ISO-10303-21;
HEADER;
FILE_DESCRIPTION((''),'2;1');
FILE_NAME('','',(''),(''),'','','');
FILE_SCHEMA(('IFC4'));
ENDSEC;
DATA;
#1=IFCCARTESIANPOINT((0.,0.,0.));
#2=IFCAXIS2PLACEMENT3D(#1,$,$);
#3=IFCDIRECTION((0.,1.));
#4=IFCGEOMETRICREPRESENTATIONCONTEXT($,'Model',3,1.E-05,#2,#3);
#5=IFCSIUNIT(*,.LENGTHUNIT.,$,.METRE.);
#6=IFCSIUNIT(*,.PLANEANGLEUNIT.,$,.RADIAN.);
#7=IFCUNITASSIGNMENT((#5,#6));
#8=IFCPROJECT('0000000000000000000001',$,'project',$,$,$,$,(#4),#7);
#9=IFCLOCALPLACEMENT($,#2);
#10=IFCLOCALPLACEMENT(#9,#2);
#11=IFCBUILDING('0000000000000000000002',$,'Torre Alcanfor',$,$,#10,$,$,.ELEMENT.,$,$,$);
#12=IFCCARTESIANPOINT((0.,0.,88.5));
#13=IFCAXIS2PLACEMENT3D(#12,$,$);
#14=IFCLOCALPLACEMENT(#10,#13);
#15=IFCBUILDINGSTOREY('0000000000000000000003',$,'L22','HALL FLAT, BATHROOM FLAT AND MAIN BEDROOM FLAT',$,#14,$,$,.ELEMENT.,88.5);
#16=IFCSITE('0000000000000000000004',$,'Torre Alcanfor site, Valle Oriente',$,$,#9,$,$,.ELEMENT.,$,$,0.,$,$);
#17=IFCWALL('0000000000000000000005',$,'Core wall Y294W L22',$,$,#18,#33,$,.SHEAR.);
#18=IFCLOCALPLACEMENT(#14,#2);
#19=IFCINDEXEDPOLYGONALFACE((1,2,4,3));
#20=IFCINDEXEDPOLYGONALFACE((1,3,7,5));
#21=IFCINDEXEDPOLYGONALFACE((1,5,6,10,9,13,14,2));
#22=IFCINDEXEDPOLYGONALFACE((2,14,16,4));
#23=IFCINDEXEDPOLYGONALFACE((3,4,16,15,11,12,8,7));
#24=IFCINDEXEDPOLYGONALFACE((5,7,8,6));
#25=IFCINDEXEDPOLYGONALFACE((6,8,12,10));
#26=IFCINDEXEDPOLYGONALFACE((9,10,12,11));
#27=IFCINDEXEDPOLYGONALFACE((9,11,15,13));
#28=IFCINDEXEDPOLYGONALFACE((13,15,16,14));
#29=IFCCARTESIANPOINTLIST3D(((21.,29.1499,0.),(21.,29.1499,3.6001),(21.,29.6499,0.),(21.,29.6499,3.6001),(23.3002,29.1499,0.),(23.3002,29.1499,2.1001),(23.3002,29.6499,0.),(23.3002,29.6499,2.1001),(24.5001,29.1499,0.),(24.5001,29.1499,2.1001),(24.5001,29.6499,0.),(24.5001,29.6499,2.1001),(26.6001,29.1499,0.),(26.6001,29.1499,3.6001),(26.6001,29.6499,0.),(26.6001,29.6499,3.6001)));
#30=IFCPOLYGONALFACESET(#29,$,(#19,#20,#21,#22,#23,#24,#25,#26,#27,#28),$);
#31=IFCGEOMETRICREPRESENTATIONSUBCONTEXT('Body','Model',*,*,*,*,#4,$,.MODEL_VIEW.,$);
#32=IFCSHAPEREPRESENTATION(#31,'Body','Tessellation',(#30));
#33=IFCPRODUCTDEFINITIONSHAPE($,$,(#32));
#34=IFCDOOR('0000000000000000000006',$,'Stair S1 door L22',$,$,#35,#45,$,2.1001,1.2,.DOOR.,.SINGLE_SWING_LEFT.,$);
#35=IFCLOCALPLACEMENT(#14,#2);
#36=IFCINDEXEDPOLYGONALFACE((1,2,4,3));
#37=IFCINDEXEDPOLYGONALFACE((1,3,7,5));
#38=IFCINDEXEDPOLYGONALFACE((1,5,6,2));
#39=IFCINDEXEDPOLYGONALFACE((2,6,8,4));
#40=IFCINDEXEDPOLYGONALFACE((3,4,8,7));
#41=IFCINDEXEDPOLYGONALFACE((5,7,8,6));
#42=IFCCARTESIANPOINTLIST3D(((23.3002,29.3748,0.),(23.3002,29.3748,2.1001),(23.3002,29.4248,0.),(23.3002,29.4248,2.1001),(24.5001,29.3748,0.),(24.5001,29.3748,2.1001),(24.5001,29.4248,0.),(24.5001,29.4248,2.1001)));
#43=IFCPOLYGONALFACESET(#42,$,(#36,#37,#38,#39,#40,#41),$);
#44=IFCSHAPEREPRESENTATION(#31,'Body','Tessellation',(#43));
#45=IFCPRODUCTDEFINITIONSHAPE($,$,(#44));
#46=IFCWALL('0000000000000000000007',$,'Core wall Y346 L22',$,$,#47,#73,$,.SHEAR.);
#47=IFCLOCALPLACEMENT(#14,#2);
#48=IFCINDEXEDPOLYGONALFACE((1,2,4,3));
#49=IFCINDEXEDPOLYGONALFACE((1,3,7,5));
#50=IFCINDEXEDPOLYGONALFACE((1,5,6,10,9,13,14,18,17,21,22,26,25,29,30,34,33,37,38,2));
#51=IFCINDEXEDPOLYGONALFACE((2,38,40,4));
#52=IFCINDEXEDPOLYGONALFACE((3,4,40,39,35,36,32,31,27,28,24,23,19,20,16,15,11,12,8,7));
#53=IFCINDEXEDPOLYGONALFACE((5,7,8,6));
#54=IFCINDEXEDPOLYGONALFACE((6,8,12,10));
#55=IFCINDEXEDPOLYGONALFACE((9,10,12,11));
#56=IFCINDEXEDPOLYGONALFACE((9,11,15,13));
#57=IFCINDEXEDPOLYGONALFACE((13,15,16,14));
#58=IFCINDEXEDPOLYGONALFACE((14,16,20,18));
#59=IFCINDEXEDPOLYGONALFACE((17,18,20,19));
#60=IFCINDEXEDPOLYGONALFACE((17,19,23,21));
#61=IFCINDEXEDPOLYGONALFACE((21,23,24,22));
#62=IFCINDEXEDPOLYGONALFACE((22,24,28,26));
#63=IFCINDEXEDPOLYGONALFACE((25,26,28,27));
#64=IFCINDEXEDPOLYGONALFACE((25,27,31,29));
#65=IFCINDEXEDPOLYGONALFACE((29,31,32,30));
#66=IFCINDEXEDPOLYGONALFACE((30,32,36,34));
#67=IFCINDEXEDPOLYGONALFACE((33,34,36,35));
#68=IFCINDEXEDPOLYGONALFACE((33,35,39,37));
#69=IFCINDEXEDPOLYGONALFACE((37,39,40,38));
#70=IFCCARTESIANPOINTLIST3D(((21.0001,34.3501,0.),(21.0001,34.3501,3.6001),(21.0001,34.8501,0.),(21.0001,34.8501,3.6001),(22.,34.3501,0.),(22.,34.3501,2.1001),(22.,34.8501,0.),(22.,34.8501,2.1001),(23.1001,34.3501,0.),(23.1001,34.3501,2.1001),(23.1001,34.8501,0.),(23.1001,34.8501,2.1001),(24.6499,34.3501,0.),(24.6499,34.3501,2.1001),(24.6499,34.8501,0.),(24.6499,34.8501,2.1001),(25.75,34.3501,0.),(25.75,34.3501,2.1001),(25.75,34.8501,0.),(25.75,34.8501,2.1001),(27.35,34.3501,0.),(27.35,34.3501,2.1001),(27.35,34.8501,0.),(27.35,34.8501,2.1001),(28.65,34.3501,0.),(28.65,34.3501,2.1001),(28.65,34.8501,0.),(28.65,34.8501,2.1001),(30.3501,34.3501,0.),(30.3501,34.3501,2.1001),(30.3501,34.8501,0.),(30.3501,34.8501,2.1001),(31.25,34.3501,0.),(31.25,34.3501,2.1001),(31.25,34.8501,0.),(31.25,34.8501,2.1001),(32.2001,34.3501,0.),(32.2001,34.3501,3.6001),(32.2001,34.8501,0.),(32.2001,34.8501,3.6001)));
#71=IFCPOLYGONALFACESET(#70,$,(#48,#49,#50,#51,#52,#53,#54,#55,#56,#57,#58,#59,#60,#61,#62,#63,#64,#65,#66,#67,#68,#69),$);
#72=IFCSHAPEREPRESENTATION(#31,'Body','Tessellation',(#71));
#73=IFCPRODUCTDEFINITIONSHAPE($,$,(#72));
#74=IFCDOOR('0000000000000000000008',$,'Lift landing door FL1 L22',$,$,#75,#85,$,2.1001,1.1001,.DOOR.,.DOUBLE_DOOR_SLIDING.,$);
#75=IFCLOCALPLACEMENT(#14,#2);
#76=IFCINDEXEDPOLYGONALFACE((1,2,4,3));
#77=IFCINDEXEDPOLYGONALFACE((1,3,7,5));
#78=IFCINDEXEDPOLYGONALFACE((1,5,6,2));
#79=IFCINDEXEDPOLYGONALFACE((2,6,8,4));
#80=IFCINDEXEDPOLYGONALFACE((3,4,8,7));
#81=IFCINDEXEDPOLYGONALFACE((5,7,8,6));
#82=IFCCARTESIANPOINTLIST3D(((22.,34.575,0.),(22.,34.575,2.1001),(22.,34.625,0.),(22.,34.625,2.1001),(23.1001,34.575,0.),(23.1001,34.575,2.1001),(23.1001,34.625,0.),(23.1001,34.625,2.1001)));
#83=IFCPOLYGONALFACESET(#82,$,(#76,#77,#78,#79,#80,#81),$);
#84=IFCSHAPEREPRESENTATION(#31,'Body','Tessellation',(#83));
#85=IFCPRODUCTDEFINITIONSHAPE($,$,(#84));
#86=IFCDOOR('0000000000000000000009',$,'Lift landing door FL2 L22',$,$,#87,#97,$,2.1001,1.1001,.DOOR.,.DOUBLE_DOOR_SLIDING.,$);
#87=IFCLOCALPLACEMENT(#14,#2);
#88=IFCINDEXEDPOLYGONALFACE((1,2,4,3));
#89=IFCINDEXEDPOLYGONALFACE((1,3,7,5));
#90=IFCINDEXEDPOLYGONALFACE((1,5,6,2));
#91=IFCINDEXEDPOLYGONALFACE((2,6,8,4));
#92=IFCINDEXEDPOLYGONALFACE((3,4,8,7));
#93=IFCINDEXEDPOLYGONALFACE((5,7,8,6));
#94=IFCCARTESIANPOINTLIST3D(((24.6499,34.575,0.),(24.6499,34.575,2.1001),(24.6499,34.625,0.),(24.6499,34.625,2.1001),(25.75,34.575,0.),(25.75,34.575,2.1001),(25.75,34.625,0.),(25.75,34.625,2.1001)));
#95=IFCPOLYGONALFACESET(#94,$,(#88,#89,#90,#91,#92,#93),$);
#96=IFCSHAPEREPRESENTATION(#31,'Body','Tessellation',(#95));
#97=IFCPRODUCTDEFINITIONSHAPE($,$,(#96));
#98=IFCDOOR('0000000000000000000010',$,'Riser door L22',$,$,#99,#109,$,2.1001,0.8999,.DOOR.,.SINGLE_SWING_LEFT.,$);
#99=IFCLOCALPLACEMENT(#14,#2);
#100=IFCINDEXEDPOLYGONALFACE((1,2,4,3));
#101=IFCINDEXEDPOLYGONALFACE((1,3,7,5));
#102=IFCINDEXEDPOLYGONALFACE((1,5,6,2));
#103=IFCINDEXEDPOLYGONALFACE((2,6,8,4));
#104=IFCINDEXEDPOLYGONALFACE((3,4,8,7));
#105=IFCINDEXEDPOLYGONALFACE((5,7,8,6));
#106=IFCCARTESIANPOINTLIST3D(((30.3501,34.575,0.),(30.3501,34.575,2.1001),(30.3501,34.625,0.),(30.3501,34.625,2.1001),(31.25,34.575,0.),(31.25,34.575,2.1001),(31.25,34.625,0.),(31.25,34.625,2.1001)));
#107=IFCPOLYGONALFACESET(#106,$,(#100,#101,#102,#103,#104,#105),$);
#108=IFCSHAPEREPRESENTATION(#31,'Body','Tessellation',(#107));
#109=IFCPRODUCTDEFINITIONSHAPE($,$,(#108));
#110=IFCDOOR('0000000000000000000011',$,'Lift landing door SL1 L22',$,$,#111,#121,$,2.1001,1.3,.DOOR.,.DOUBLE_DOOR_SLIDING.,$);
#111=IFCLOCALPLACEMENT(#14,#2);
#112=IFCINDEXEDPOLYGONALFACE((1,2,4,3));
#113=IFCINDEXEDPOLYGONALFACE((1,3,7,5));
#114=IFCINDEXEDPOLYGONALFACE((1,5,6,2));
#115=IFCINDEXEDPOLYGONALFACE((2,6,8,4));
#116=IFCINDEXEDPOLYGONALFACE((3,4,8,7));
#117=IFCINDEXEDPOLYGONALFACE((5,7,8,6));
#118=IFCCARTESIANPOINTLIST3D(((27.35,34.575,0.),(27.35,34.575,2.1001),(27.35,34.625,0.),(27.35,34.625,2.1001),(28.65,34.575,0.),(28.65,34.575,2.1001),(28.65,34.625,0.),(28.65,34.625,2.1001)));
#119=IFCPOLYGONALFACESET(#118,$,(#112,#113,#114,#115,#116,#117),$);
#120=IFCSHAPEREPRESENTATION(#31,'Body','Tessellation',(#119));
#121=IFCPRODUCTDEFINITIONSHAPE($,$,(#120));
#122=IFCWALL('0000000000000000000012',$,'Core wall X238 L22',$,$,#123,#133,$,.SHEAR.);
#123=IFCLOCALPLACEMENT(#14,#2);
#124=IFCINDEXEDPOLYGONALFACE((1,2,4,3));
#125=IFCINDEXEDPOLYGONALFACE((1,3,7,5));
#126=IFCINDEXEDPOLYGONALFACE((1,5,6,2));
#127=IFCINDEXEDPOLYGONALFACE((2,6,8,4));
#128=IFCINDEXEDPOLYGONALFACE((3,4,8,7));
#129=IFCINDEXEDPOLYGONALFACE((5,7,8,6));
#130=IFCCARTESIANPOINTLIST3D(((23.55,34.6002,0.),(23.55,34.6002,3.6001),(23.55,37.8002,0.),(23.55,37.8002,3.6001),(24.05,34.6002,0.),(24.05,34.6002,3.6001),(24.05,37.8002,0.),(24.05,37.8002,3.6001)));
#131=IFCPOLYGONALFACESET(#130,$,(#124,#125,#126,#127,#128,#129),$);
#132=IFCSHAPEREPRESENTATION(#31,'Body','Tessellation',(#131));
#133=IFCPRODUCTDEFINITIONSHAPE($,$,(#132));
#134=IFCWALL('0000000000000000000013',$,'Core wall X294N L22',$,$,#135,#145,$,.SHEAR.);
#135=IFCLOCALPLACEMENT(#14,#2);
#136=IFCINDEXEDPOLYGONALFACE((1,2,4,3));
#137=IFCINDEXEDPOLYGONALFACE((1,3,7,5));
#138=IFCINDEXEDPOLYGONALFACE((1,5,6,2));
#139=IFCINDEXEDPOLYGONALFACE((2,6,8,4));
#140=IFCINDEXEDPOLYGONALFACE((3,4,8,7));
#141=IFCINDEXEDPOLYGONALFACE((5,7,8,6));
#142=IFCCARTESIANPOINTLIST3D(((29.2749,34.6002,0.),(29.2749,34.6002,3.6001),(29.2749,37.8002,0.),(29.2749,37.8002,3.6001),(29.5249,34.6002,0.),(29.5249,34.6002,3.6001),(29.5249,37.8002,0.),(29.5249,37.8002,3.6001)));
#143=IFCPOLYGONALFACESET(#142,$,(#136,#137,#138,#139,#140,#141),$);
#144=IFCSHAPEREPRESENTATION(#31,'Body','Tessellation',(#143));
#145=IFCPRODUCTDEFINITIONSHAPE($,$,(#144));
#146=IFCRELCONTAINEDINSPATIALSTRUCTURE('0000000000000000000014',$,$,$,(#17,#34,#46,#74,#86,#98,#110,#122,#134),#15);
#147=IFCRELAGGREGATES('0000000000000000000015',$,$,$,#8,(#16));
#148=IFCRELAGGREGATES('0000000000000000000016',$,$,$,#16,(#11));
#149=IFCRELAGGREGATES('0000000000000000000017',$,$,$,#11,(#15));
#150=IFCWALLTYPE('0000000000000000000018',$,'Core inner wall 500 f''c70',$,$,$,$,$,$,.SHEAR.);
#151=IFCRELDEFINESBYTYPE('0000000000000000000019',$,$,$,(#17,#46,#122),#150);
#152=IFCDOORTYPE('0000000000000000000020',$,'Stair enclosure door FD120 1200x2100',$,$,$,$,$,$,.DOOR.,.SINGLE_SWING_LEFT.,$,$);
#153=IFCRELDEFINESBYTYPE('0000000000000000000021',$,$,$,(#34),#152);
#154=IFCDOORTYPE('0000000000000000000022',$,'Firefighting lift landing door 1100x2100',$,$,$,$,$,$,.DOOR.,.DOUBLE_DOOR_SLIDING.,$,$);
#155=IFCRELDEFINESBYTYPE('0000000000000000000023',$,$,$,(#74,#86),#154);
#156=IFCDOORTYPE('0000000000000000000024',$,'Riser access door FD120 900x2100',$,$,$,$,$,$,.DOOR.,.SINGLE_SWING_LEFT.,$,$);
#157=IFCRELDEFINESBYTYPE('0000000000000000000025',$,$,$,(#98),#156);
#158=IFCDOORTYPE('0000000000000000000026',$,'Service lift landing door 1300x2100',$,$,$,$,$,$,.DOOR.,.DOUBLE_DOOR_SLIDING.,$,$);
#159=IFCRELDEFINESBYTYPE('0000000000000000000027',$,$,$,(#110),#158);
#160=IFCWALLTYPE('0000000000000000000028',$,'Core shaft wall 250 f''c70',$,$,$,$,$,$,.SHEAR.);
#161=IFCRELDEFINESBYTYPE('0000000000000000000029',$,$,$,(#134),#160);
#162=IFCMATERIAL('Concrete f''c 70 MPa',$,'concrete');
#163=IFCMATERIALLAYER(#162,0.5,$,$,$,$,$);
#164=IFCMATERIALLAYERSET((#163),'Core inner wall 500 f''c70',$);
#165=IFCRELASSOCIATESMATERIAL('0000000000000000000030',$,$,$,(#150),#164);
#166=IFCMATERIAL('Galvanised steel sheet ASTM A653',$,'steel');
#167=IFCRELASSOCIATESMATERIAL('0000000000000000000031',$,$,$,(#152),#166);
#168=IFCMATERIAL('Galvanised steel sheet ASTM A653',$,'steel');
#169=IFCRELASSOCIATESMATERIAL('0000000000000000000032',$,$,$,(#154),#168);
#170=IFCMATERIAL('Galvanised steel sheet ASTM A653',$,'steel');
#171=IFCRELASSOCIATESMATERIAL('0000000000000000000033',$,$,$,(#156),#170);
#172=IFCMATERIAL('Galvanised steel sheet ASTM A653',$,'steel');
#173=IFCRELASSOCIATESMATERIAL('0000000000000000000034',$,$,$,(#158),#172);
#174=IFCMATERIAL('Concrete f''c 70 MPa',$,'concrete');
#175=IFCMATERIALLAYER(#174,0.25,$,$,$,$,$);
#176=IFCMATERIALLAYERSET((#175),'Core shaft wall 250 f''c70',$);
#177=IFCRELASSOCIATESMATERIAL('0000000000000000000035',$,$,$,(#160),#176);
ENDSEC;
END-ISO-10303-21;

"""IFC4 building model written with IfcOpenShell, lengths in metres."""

from ifc_helpers import new_model, si_unit, direction, frame, frame_2d, origin, place, context, subcontext, project, spatial, rectangle, extrude, material, layer, layer_set, type_object, element, fill, save


model = new_model("IFC4")

# Units and contexts
model_context = context("Model", 3, precision=1e-05, world=origin(), true_north=direction((0.0, 1.0)))
body_context = subcontext(model_context, "Body", "Model", "MODEL_VIEW")
ifc_project = project(units=[si_unit("LENGTHUNIT", "METRE"), si_unit("PLANEANGLEUNIT", "RADIAN")], contexts=[model_context])

# Site, building, storey
site_placement = place(None, origin())
site = spatial("IfcSite", under=ifc_project, at=site_placement, Name="Torre Alcanfor site, Valle Oriente", CompositionType="ELEMENT", RefElevation=0.0)
building_placement = place(site_placement, origin())
building = spatial("IfcBuilding", under=site, at=building_placement, Name="Torre Alcanfor", CompositionType="ELEMENT")
storey_placement = place(building_placement, frame((0.0, 0.0, 88.5)))
storey = spatial("IfcBuildingStorey", under=building, at=storey_placement, Name="L22", Description="HALL FLAT, BATHROOM FLAT AND MAIN BEDROOM FLAT", CompositionType="ELEMENT", Elevation=88.5)

# Wall, opening, door
ifc_material_1 = material(Name="Concrete f'c 70 MPa", Category="concrete")
ifc_layer_1 = layer(ifc_material_1, 0.5)
ifc_layer_set_1 = layer_set([ifc_layer_1], Name="Core inner wall 500 f'c70")
wall_type_1 = type_object("IfcWallType", Name="Core inner wall 500 f'c70", PredefinedType="SHEAR", material=ifc_layer_set_1)
wall_1_placement = place(storey_placement, frame((21.0, 29.3999, 0.0), z_axis=(0.0, 0.0, 1.0), x_axis=(1.0, 0.0, 0.0)))
wall_1 = element("IfcWall", 1, at=wall_1_placement, inside=storey, type_object=wall_type_1, Name="Core wall Y294W L22", PredefinedType="SHEAR", context=body_context, shape_type="SweptSolid", body=[
    extrude(rectangle(XDim=5.6001, YDim=0.5, at=frame_2d((2.8, 0.0))), origin(), (0.0, 0.0, 1.0), 3.6001),
])
opening_1_placement = place(wall_1_placement, frame((2.3, 0.0, 0.0)))
opening_1 = element("IfcOpeningElement", 2, at=opening_1_placement, cuts=wall_1, PredefinedType="OPENING", context=body_context, shape_type="SweptSolid", body=[
    extrude(rectangle(XDim=1.2, YDim=2.1001, at=frame_2d((0.6001, 1.05))), frame((0.0, 0.26, 0.0), z_axis=(0.0, -1.0, 0.0), x_axis=(1.0, 0.0, 0.0)), (0.0, 0.0, 1.0), 0.52),
])
ifc_material_2 = material(Name="Galvanised steel sheet ASTM A653", Category="steel")
door_type_1 = type_object("IfcDoorType", Name="Stair enclosure door FD120 1200x2100", OperationType="SINGLE_SWING_LEFT", PredefinedType="DOOR", material=ifc_material_2)
door_1_placement = place(opening_1_placement, frame((1.2, 0.0, 0.0), z_axis=(0.0, 0.0, 1.0), x_axis=(-1.0, 0.0, 0.0)))
door_1 = element("IfcDoor", 3, at=door_1_placement, inside=storey, type_object=door_type_1, Name="Stair S1 door L22", OperationType="SINGLE_SWING_LEFT", OverallHeight=2.1001, OverallWidth=1.2, PredefinedType="DOOR", context=body_context, shape_type="SweptSolid", body=[
    extrude(rectangle(XDim=1.2, YDim=2.1001, at=frame_2d((0.5999, 1.05))), frame((0.0, 0.0251, 0.0), z_axis=(0.0, -1.0, 0.0), x_axis=(1.0, 0.0, 0.0)), (0.0, 0.0, 1.0), 0.05),
])
fill(opening_1, door_1)

# Wall, openings, doors
wall_2_placement = place(storey_placement, frame((21.0, 34.6001, 0.0), z_axis=(0.0, 0.0, 1.0), x_axis=(1.0, 0.0, 0.0)))
wall_2 = element("IfcWall", 4, at=wall_2_placement, inside=storey, type_object=wall_type_1, Name="Core wall Y346 L22", PredefinedType="SHEAR", context=body_context, shape_type="SweptSolid", body=[
    extrude(rectangle(XDim=11.2, YDim=0.5, at=frame_2d((5.6001, 0.0))), origin(), (0.0, 0.0, 1.0), 3.6001),
])
opening_2_placement = place(wall_2_placement, frame((9.3501, 0.0, 0.0)))
opening_2 = element("IfcOpeningElement", 5, at=opening_2_placement, cuts=wall_2, PredefinedType="OPENING", context=body_context, shape_type="SweptSolid", body=[
    extrude(rectangle(XDim=0.8999, YDim=2.1001, at=frame_2d((0.45, 1.05))), frame((0.0, 0.26, 0.0), z_axis=(0.0, -1.0, 0.0), x_axis=(1.0, 0.0, 0.0)), (0.0, 0.0, 1.0), 0.52),
])
opening_3_placement = place(wall_2_placement, frame((1.0, 0.0, 0.0)))
opening_3 = element("IfcOpeningElement", 6, at=opening_3_placement, cuts=wall_2, PredefinedType="OPENING", context=body_context, shape_type="SweptSolid", body=[
    extrude(rectangle(XDim=1.1001, YDim=2.1001, at=frame_2d((0.55, 1.05))), frame((0.0, 0.26, 0.0), z_axis=(0.0, -1.0, 0.0), x_axis=(1.0, 0.0, 0.0)), (0.0, 0.0, 1.0), 0.52),
])
opening_4_placement = place(wall_2_placement, frame((3.6499, 0.0, 0.0)))
opening_4 = element("IfcOpeningElement", 7, at=opening_4_placement, cuts=wall_2, PredefinedType="OPENING", context=body_context, shape_type="SweptSolid", body=[
    extrude(rectangle(XDim=1.1001, YDim=2.1001, at=frame_2d((0.55, 1.05))), frame((0.0, 0.26, 0.0), z_axis=(0.0, -1.0, 0.0), x_axis=(1.0, 0.0, 0.0)), (0.0, 0.0, 1.0), 0.52),
])
opening_5_placement = place(wall_2_placement, frame((6.3501, 0.0, 0.0)))
opening_5 = element("IfcOpeningElement", 8, at=opening_5_placement, cuts=wall_2, PredefinedType="OPENING", context=body_context, shape_type="SweptSolid", body=[
    extrude(rectangle(XDim=1.3, YDim=2.1001, at=frame_2d((0.6499, 1.05))), frame((0.0, 0.26, 0.0), z_axis=(0.0, -1.0, 0.0), x_axis=(1.0, 0.0, 0.0)), (0.0, 0.0, 1.0), 0.52),
])
ifc_material_3 = material(Name="Galvanised steel sheet ASTM A653", Category="steel")
door_type_2 = type_object("IfcDoorType", Name="Firefighting lift landing door 1100x2100", OperationType="DOUBLE_DOOR_SLIDING", PredefinedType="DOOR", material=ifc_material_3)
door_2_placement = place(opening_3_placement, origin())
door_2 = element("IfcDoor", 9, at=door_2_placement, inside=storey, type_object=door_type_2, Name="Lift landing door FL1 L22", OperationType="DOUBLE_DOOR_SLIDING", OverallHeight=2.1001, OverallWidth=1.1001, PredefinedType="DOOR", context=body_context, shape_type="SweptSolid", body=[
    extrude(rectangle(XDim=1.1001, YDim=2.1001, at=frame_2d((0.55, 1.05))), frame((0.0, 0.0249, 0.0), z_axis=(0.0, -1.0, 0.0), x_axis=(1.0, 0.0, 0.0)), (0.0, 0.0, 1.0), 0.05),
])
fill(opening_3, door_2)
door_3_placement = place(opening_4_placement, origin())
door_3 = element("IfcDoor", 10, at=door_3_placement, inside=storey, type_object=door_type_2, Name="Lift landing door FL2 L22", OperationType="DOUBLE_DOOR_SLIDING", OverallHeight=2.1001, OverallWidth=1.1001, PredefinedType="DOOR", context=body_context, shape_type="SweptSolid", body=[
    extrude(rectangle(XDim=1.1001, YDim=2.1001, at=frame_2d((0.55, 1.05))), frame((0.0, 0.0249, 0.0), z_axis=(0.0, -1.0, 0.0), x_axis=(1.0, 0.0, 0.0)), (0.0, 0.0, 1.0), 0.05),
])
fill(opening_4, door_3)
ifc_material_4 = material(Name="Galvanised steel sheet ASTM A653", Category="steel")
door_type_3 = type_object("IfcDoorType", Name="Riser access door FD120 900x2100", OperationType="SINGLE_SWING_LEFT", PredefinedType="DOOR", material=ifc_material_4)
door_4_placement = place(opening_2_placement, origin())
door_4 = element("IfcDoor", 11, at=door_4_placement, inside=storey, type_object=door_type_3, Name="Riser door L22", OperationType="SINGLE_SWING_LEFT", OverallHeight=2.1001, OverallWidth=0.8999, PredefinedType="DOOR", context=body_context, shape_type="SweptSolid", body=[
    extrude(rectangle(XDim=0.8999, YDim=2.1001, at=frame_2d((0.45, 1.05))), frame((0.0, 0.0249, 0.0), z_axis=(0.0, -1.0, 0.0), x_axis=(1.0, 0.0, 0.0)), (0.0, 0.0, 1.0), 0.05),
])
fill(opening_2, door_4)
ifc_material_5 = material(Name="Galvanised steel sheet ASTM A653", Category="steel")
door_type_4 = type_object("IfcDoorType", Name="Service lift landing door 1300x2100", OperationType="DOUBLE_DOOR_SLIDING", PredefinedType="DOOR", material=ifc_material_5)
door_5_placement = place(opening_5_placement, origin())
door_5 = element("IfcDoor", 12, at=door_5_placement, inside=storey, type_object=door_type_4, Name="Lift landing door SL1 L22", OperationType="DOUBLE_DOOR_SLIDING", OverallHeight=2.1001, OverallWidth=1.3, PredefinedType="DOOR", context=body_context, shape_type="SweptSolid", body=[
    extrude(rectangle(XDim=1.3, YDim=2.1001, at=frame_2d((0.6499, 1.05))), frame((0.0, 0.0249, 0.0), z_axis=(0.0, -1.0, 0.0), x_axis=(1.0, 0.0, 0.0)), (0.0, 0.0, 1.0), 0.05),
])
fill(opening_5, door_5)

# Walls
wall_3_placement = place(storey_placement, frame((23.8, 34.6001, 0.0), z_axis=(0.0, 0.0, 1.0), x_axis=(0.0, 1.0, 0.0)))
element("IfcWall", 13, at=wall_3_placement, inside=storey, type_object=wall_type_1, Name="Core wall X238 L22", PredefinedType="SHEAR", context=body_context, shape_type="SweptSolid", body=[
    extrude(rectangle(XDim=3.2, YDim=0.5, at=frame_2d((1.6001, 0.0))), origin(), (0.0, 0.0, 1.0), 3.6001),
])
ifc_material_6 = material(Name="Concrete f'c 70 MPa", Category="concrete")
ifc_layer_2 = layer(ifc_material_6, 0.25)
ifc_layer_set_2 = layer_set([ifc_layer_2], Name="Core shaft wall 250 f'c70")
wall_type_2 = type_object("IfcWallType", Name="Core shaft wall 250 f'c70", PredefinedType="SHEAR", material=ifc_layer_set_2)
wall_4_placement = place(storey_placement, frame((29.3999, 34.6001, 0.0), z_axis=(0.0, 0.0, 1.0), x_axis=(0.0, 1.0, 0.0)))
element("IfcWall", 14, at=wall_4_placement, inside=storey, type_object=wall_type_2, Name="Core wall X294N L22", PredefinedType="SHEAR", context=body_context, shape_type="SweptSolid", body=[
    extrude(rectangle(XDim=3.2, YDim=0.25, at=frame_2d((1.6001, 0.0))), origin(), (0.0, 0.0, 1.0), 3.6001),
])

save(model, "model.ifc")
